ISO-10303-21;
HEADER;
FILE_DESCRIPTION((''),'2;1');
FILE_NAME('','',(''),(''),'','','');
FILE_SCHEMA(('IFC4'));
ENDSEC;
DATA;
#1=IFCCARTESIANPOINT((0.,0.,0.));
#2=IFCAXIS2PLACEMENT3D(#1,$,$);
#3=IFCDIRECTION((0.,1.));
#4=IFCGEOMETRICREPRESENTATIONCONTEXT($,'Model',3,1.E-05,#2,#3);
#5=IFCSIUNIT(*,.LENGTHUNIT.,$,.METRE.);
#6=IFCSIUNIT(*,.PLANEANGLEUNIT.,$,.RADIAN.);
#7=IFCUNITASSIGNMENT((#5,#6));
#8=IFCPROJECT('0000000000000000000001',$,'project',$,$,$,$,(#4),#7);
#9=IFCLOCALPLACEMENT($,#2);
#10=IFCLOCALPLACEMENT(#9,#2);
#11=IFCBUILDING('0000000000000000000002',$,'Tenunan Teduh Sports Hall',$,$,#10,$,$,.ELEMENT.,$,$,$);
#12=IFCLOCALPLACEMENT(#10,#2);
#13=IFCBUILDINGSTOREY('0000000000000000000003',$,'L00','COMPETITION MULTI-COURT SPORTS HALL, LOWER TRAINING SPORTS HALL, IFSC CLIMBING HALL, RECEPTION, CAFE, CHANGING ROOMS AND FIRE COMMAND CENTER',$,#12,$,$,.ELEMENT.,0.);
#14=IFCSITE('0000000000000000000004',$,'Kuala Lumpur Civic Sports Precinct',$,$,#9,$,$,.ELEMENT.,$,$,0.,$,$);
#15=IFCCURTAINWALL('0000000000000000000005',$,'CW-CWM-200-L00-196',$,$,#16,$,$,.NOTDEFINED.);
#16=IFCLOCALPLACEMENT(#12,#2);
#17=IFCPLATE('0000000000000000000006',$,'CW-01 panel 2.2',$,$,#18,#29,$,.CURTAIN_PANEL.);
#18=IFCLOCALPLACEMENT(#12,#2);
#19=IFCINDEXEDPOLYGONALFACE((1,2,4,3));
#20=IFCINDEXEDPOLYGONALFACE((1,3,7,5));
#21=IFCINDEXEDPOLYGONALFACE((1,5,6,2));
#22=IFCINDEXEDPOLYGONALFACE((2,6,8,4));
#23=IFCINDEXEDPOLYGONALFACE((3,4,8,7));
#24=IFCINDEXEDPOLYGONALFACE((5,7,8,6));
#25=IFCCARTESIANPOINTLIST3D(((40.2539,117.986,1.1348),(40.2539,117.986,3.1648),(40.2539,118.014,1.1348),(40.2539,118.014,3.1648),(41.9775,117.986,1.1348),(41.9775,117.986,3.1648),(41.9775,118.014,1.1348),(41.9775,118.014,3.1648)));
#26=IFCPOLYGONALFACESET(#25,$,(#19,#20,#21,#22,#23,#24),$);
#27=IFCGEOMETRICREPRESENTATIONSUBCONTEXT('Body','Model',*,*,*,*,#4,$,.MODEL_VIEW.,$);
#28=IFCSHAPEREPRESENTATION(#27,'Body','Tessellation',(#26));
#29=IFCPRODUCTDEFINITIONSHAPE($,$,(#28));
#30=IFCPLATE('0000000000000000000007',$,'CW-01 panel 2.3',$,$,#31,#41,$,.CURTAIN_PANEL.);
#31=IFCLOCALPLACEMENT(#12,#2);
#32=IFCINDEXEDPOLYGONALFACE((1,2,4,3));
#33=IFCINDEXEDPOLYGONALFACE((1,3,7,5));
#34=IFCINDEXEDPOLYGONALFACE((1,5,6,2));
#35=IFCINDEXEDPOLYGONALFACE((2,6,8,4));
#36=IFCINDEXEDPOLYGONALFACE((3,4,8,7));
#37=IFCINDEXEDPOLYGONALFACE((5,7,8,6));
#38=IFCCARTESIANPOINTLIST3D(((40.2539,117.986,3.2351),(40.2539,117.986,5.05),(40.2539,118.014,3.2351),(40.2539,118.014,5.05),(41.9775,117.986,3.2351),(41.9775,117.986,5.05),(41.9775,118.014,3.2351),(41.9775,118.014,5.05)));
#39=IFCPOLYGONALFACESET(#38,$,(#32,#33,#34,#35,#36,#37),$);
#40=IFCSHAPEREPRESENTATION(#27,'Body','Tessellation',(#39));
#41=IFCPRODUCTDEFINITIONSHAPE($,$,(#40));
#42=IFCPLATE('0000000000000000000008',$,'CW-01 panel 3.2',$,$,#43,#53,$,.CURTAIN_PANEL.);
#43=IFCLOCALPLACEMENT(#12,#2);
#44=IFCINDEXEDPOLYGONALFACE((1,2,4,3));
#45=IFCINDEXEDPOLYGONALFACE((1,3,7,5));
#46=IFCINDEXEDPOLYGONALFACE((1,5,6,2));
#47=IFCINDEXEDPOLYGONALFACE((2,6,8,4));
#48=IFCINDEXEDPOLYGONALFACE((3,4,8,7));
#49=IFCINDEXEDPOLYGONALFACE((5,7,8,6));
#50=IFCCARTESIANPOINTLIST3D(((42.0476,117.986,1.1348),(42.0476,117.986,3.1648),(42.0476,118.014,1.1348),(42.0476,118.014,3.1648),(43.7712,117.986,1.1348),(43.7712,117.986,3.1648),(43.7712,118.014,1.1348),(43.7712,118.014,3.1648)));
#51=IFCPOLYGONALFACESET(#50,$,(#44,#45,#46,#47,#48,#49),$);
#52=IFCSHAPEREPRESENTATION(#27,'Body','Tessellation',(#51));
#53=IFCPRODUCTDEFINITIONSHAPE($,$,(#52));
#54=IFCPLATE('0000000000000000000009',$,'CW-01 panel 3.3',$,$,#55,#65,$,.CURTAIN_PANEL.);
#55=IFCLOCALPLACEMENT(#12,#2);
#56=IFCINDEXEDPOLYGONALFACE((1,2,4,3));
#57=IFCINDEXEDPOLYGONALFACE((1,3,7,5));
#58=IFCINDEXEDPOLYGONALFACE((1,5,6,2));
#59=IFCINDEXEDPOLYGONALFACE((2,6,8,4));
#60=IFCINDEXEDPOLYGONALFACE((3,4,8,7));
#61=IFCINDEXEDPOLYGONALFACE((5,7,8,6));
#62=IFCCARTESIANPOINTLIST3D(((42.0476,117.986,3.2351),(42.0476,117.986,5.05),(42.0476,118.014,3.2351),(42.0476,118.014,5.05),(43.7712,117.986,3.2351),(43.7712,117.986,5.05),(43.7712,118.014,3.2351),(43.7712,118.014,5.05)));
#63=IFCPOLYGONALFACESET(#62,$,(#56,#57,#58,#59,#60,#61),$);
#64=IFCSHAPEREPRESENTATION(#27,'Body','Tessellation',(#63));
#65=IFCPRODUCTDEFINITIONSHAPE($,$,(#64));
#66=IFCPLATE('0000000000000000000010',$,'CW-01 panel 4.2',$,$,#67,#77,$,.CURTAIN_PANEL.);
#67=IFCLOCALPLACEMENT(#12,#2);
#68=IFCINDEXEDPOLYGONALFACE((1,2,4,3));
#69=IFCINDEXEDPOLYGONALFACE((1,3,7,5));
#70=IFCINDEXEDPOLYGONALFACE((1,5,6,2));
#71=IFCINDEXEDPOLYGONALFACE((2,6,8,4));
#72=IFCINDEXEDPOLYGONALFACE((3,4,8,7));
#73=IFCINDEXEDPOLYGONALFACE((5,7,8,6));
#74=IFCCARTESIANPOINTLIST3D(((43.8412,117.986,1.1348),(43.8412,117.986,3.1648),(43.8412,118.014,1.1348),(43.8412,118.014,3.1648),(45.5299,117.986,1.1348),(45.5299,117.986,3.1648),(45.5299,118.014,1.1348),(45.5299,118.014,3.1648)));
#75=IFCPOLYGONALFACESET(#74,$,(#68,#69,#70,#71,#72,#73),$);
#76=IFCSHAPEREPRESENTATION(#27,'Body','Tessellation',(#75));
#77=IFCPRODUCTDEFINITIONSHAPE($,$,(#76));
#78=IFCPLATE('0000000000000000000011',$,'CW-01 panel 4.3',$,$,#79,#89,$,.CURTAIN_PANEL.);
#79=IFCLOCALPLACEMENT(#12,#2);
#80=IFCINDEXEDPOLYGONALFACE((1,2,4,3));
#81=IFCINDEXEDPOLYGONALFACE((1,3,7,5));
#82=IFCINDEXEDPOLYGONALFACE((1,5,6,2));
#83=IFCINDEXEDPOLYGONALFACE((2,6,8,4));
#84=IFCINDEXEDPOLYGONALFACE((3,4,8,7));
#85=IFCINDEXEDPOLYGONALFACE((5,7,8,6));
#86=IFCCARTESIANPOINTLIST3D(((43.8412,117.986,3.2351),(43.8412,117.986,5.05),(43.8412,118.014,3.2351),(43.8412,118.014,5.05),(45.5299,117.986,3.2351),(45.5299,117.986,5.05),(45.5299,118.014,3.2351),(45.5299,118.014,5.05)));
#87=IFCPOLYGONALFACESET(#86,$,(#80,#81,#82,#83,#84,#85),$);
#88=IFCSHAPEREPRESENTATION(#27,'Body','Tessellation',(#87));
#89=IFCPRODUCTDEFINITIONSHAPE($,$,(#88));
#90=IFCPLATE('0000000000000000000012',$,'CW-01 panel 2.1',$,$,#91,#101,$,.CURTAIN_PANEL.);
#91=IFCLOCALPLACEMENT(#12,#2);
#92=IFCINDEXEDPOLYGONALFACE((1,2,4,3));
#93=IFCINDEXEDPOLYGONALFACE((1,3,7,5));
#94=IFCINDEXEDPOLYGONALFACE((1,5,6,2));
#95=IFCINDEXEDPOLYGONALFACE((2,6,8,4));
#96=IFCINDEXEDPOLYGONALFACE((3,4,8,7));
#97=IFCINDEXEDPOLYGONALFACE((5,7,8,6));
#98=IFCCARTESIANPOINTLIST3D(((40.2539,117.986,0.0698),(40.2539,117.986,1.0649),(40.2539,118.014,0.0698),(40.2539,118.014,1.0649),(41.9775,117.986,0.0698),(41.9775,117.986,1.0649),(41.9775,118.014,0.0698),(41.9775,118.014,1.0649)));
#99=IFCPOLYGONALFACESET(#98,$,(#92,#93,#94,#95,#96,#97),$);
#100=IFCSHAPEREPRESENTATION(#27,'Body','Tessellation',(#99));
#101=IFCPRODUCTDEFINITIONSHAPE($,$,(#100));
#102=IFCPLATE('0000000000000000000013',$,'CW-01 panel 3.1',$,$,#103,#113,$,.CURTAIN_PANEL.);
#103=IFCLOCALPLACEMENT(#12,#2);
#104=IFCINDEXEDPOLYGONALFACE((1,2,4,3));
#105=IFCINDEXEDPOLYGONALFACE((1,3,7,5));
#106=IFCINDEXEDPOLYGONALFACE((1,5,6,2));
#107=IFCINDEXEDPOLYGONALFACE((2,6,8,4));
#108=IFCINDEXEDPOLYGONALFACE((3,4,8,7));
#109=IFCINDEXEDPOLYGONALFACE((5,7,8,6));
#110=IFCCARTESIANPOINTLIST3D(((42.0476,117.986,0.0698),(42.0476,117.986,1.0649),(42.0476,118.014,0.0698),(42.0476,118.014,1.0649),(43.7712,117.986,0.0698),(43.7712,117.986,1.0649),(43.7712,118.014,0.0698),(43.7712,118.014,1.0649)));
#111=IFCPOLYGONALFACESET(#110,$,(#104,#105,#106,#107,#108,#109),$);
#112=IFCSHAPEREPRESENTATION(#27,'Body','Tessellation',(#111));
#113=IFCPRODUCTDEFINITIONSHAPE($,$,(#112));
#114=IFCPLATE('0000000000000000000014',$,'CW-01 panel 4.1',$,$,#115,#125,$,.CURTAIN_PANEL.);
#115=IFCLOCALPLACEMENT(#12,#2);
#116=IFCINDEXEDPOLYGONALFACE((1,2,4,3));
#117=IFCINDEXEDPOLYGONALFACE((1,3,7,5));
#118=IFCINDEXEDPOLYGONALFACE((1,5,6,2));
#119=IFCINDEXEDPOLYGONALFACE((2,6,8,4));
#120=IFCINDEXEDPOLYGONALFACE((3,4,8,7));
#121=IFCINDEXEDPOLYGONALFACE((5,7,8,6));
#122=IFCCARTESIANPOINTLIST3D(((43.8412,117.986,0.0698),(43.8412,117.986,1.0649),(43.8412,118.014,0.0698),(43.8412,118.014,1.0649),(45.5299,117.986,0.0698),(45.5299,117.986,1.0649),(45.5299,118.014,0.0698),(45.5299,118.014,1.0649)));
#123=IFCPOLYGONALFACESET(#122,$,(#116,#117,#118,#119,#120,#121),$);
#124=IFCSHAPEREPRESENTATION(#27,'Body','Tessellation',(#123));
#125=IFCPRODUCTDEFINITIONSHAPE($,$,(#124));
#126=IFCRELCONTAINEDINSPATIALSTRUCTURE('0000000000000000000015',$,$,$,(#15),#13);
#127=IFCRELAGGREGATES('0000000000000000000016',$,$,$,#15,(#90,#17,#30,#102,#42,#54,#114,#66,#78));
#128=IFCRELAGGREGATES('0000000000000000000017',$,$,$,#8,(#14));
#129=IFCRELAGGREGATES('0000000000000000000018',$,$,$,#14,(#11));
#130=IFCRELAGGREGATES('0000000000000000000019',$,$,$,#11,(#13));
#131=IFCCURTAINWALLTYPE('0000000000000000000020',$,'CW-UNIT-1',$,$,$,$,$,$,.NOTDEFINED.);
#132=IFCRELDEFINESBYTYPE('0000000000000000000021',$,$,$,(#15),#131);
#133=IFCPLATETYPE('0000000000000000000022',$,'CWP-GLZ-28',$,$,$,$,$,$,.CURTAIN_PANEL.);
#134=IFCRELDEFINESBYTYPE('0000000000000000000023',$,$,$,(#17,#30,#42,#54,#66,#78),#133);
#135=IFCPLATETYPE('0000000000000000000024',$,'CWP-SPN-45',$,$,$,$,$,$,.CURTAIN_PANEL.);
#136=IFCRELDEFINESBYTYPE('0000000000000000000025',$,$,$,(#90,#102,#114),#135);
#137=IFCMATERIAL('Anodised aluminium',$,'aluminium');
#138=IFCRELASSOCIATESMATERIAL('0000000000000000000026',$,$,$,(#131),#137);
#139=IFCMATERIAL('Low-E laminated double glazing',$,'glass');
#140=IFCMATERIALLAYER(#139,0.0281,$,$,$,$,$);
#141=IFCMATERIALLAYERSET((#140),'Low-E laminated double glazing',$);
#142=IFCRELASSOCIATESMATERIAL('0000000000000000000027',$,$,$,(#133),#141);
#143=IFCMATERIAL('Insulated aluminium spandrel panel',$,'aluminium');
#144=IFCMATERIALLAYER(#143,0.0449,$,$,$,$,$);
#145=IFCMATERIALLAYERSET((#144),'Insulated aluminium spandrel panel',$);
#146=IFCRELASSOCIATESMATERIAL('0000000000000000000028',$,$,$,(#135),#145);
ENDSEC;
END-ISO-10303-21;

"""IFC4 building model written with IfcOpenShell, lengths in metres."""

from ifc_helpers import new_model, si_unit, direction, frame, origin, origin_2d, place, context, subcontext, project, spatial, rectangle, extrude, material, layer, layer_set, type_object, element, aggregate, save


model = new_model("IFC4")

# Units and contexts
model_context = context("Model", 3, precision=1e-05, world=origin(), true_north=direction((0.0, 1.0)))
body_context = subcontext(model_context, "Body", "Model", "MODEL_VIEW")
ifc_project = project(units=[si_unit("LENGTHUNIT", "METRE"), si_unit("PLANEANGLEUNIT", "RADIAN")], contexts=[model_context])

# Site, building, storey
site_placement = place(None, origin())
site = spatial("IfcSite", under=ifc_project, at=site_placement, Name="Kuala Lumpur Civic Sports Precinct", CompositionType="ELEMENT", RefElevation=0.0)
building_placement = place(site_placement, origin())
building = spatial("IfcBuilding", under=site, at=building_placement, Name="Tenunan Teduh Sports Hall", CompositionType="ELEMENT")
storey_placement = place(building_placement, origin())
storey = spatial("IfcBuildingStorey", under=building, at=storey_placement, Name="L00", Description="COMPETITION MULTI-COURT SPORTS HALL, LOWER TRAINING SPORTS HALL, IFSC CLIMBING HALL, RECEPTION, CAFE, CHANGING ROOMS AND FIRE COMMAND CENTER", CompositionType="ELEMENT", Elevation=0.0)

# Curtain wall, plates
ifc_material_1 = material(Name="Anodised aluminium", Category="aluminium")
curtain_wall_type = type_object("IfcCurtainWallType", Name="CW-UNIT-1", PredefinedType="NOTDEFINED", material=ifc_material_1)
curtain_wall_placement = place(storey_placement, origin())
curtain_wall = element("IfcCurtainWall", 1, at=curtain_wall_placement, inside=storey, type_object=curtain_wall_type, Name="CW-CWM-200-L00-196", PredefinedType="NOTDEFINED")
ifc_material_2 = material(Name="Low-E laminated double glazing", Category="glass")
ifc_layer_1 = layer(ifc_material_2, 0.0281)
ifc_layer_set_1 = layer_set([ifc_layer_1], Name="Low-E laminated double glazing")
plate_type_1 = type_object("IfcPlateType", Name="CWP-GLZ-28", PredefinedType="CURTAIN_PANEL", material=ifc_layer_set_1)
plate_1_placement = place(storey_placement, frame((41.1157, 118.0, 1.1348), z_axis=(0.0, 0.0, 1.0), x_axis=(1.0, 0.0, 0.0)))
plate_1 = element("IfcPlate", 2, at=plate_1_placement, type_object=plate_type_1, Name="CW-01 panel 2.2", PredefinedType="CURTAIN_PANEL", context=body_context, shape_type="SweptSolid", body=[
    extrude(rectangle(XDim=1.7236, YDim=0.0281, at=origin_2d()), origin(), (0.0, 0.0, 1.0), 2.03),
])
plate_2_placement = place(storey_placement, frame((41.1157, 118.0, 3.2351), z_axis=(0.0, 0.0, 1.0), x_axis=(1.0, 0.0, 0.0)))
plate_2 = element("IfcPlate", 3, at=plate_2_placement, type_object=plate_type_1, Name="CW-01 panel 2.3", PredefinedType="CURTAIN_PANEL", context=body_context, shape_type="SweptSolid", body=[
    extrude(rectangle(XDim=1.7236, YDim=0.0281, at=origin_2d()), origin(), (0.0, 0.0, 1.0), 1.8149),
])
plate_3_placement = place(storey_placement, frame((42.9094, 118.0, 1.1348), z_axis=(0.0, 0.0, 1.0), x_axis=(1.0, 0.0, 0.0)))
plate_3 = element("IfcPlate", 4, at=plate_3_placement, type_object=plate_type_1, Name="CW-01 panel 3.2", PredefinedType="CURTAIN_PANEL", context=body_context, shape_type="SweptSolid", body=[
    extrude(rectangle(XDim=1.7236, YDim=0.0281, at=origin_2d()), origin(), (0.0, 0.0, 1.0), 2.03),
])
plate_4_placement = place(storey_placement, frame((42.9094, 118.0, 3.2351), z_axis=(0.0, 0.0, 1.0), x_axis=(1.0, 0.0, 0.0)))
plate_4 = element("IfcPlate", 5, at=plate_4_placement, type_object=plate_type_1, Name="CW-01 panel 3.3", PredefinedType="CURTAIN_PANEL", context=body_context, shape_type="SweptSolid", body=[
    extrude(rectangle(XDim=1.7236, YDim=0.0281, at=origin_2d()), origin(), (0.0, 0.0, 1.0), 1.8149),
])
plate_5_placement = place(storey_placement, frame((44.6855, 118.0, 1.1348), z_axis=(0.0, 0.0, 1.0), x_axis=(1.0, 0.0, 0.0)))
plate_5 = element("IfcPlate", 6, at=plate_5_placement, type_object=plate_type_1, Name="CW-01 panel 4.2", PredefinedType="CURTAIN_PANEL", context=body_context, shape_type="SweptSolid", body=[
    extrude(rectangle(XDim=1.6887, YDim=0.0281, at=origin_2d()), origin(), (0.0, 0.0, 1.0), 2.03),
])
plate_6_placement = place(storey_placement, frame((44.6855, 118.0, 3.2351), z_axis=(0.0, 0.0, 1.0), x_axis=(1.0, 0.0, 0.0)))
plate_6 = element("IfcPlate", 7, at=plate_6_placement, type_object=plate_type_1, Name="CW-01 panel 4.3", PredefinedType="CURTAIN_PANEL", context=body_context, shape_type="SweptSolid", body=[
    extrude(rectangle(XDim=1.6887, YDim=0.0281, at=origin_2d()), origin(), (0.0, 0.0, 1.0), 1.8149),
])
ifc_material_3 = material(Name="Insulated aluminium spandrel panel", Category="aluminium")
ifc_layer_2 = layer(ifc_material_3, 0.0449)
ifc_layer_set_2 = layer_set([ifc_layer_2], Name="Insulated aluminium spandrel panel")
plate_type_2 = type_object("IfcPlateType", Name="CWP-SPN-45", PredefinedType="CURTAIN_PANEL", material=ifc_layer_set_2)
plate_7_placement = place(storey_placement, frame((41.1157, 118.0, 0.0698), z_axis=(0.0, 0.0, 1.0), x_axis=(1.0, 0.0, 0.0)))
plate_7 = element("IfcPlate", 8, at=plate_7_placement, type_object=plate_type_2, Name="CW-01 panel 2.1", PredefinedType="CURTAIN_PANEL", context=body_context, shape_type="SweptSolid", body=[
    extrude(rectangle(XDim=1.7236, YDim=0.0281, at=origin_2d()), origin(), (0.0, 0.0, 1.0), 0.9951),
])
plate_8_placement = place(storey_placement, frame((42.9094, 118.0, 0.0698), z_axis=(0.0, 0.0, 1.0), x_axis=(1.0, 0.0, 0.0)))
plate_8 = element("IfcPlate", 9, at=plate_8_placement, type_object=plate_type_2, Name="CW-01 panel 3.1", PredefinedType="CURTAIN_PANEL", context=body_context, shape_type="SweptSolid", body=[
    extrude(rectangle(XDim=1.7236, YDim=0.0281, at=origin_2d()), origin(), (0.0, 0.0, 1.0), 0.9951),
])
plate_9_placement = place(storey_placement, frame((44.6855, 118.0, 0.0698), z_axis=(0.0, 0.0, 1.0), x_axis=(1.0, 0.0, 0.0)))
plate_9 = element("IfcPlate", 10, at=plate_9_placement, type_object=plate_type_2, Name="CW-01 panel 4.1", PredefinedType="CURTAIN_PANEL", context=body_context, shape_type="SweptSolid", body=[
    extrude(rectangle(XDim=1.6887, YDim=0.0281, at=origin_2d()), origin(), (0.0, 0.0, 1.0), 0.9951),
])
aggregate(curtain_wall, [plate_7, plate_1, plate_2, plate_8, plate_3, plate_4, plate_9, plate_5, plate_6])

save(model, "model.ifc")
